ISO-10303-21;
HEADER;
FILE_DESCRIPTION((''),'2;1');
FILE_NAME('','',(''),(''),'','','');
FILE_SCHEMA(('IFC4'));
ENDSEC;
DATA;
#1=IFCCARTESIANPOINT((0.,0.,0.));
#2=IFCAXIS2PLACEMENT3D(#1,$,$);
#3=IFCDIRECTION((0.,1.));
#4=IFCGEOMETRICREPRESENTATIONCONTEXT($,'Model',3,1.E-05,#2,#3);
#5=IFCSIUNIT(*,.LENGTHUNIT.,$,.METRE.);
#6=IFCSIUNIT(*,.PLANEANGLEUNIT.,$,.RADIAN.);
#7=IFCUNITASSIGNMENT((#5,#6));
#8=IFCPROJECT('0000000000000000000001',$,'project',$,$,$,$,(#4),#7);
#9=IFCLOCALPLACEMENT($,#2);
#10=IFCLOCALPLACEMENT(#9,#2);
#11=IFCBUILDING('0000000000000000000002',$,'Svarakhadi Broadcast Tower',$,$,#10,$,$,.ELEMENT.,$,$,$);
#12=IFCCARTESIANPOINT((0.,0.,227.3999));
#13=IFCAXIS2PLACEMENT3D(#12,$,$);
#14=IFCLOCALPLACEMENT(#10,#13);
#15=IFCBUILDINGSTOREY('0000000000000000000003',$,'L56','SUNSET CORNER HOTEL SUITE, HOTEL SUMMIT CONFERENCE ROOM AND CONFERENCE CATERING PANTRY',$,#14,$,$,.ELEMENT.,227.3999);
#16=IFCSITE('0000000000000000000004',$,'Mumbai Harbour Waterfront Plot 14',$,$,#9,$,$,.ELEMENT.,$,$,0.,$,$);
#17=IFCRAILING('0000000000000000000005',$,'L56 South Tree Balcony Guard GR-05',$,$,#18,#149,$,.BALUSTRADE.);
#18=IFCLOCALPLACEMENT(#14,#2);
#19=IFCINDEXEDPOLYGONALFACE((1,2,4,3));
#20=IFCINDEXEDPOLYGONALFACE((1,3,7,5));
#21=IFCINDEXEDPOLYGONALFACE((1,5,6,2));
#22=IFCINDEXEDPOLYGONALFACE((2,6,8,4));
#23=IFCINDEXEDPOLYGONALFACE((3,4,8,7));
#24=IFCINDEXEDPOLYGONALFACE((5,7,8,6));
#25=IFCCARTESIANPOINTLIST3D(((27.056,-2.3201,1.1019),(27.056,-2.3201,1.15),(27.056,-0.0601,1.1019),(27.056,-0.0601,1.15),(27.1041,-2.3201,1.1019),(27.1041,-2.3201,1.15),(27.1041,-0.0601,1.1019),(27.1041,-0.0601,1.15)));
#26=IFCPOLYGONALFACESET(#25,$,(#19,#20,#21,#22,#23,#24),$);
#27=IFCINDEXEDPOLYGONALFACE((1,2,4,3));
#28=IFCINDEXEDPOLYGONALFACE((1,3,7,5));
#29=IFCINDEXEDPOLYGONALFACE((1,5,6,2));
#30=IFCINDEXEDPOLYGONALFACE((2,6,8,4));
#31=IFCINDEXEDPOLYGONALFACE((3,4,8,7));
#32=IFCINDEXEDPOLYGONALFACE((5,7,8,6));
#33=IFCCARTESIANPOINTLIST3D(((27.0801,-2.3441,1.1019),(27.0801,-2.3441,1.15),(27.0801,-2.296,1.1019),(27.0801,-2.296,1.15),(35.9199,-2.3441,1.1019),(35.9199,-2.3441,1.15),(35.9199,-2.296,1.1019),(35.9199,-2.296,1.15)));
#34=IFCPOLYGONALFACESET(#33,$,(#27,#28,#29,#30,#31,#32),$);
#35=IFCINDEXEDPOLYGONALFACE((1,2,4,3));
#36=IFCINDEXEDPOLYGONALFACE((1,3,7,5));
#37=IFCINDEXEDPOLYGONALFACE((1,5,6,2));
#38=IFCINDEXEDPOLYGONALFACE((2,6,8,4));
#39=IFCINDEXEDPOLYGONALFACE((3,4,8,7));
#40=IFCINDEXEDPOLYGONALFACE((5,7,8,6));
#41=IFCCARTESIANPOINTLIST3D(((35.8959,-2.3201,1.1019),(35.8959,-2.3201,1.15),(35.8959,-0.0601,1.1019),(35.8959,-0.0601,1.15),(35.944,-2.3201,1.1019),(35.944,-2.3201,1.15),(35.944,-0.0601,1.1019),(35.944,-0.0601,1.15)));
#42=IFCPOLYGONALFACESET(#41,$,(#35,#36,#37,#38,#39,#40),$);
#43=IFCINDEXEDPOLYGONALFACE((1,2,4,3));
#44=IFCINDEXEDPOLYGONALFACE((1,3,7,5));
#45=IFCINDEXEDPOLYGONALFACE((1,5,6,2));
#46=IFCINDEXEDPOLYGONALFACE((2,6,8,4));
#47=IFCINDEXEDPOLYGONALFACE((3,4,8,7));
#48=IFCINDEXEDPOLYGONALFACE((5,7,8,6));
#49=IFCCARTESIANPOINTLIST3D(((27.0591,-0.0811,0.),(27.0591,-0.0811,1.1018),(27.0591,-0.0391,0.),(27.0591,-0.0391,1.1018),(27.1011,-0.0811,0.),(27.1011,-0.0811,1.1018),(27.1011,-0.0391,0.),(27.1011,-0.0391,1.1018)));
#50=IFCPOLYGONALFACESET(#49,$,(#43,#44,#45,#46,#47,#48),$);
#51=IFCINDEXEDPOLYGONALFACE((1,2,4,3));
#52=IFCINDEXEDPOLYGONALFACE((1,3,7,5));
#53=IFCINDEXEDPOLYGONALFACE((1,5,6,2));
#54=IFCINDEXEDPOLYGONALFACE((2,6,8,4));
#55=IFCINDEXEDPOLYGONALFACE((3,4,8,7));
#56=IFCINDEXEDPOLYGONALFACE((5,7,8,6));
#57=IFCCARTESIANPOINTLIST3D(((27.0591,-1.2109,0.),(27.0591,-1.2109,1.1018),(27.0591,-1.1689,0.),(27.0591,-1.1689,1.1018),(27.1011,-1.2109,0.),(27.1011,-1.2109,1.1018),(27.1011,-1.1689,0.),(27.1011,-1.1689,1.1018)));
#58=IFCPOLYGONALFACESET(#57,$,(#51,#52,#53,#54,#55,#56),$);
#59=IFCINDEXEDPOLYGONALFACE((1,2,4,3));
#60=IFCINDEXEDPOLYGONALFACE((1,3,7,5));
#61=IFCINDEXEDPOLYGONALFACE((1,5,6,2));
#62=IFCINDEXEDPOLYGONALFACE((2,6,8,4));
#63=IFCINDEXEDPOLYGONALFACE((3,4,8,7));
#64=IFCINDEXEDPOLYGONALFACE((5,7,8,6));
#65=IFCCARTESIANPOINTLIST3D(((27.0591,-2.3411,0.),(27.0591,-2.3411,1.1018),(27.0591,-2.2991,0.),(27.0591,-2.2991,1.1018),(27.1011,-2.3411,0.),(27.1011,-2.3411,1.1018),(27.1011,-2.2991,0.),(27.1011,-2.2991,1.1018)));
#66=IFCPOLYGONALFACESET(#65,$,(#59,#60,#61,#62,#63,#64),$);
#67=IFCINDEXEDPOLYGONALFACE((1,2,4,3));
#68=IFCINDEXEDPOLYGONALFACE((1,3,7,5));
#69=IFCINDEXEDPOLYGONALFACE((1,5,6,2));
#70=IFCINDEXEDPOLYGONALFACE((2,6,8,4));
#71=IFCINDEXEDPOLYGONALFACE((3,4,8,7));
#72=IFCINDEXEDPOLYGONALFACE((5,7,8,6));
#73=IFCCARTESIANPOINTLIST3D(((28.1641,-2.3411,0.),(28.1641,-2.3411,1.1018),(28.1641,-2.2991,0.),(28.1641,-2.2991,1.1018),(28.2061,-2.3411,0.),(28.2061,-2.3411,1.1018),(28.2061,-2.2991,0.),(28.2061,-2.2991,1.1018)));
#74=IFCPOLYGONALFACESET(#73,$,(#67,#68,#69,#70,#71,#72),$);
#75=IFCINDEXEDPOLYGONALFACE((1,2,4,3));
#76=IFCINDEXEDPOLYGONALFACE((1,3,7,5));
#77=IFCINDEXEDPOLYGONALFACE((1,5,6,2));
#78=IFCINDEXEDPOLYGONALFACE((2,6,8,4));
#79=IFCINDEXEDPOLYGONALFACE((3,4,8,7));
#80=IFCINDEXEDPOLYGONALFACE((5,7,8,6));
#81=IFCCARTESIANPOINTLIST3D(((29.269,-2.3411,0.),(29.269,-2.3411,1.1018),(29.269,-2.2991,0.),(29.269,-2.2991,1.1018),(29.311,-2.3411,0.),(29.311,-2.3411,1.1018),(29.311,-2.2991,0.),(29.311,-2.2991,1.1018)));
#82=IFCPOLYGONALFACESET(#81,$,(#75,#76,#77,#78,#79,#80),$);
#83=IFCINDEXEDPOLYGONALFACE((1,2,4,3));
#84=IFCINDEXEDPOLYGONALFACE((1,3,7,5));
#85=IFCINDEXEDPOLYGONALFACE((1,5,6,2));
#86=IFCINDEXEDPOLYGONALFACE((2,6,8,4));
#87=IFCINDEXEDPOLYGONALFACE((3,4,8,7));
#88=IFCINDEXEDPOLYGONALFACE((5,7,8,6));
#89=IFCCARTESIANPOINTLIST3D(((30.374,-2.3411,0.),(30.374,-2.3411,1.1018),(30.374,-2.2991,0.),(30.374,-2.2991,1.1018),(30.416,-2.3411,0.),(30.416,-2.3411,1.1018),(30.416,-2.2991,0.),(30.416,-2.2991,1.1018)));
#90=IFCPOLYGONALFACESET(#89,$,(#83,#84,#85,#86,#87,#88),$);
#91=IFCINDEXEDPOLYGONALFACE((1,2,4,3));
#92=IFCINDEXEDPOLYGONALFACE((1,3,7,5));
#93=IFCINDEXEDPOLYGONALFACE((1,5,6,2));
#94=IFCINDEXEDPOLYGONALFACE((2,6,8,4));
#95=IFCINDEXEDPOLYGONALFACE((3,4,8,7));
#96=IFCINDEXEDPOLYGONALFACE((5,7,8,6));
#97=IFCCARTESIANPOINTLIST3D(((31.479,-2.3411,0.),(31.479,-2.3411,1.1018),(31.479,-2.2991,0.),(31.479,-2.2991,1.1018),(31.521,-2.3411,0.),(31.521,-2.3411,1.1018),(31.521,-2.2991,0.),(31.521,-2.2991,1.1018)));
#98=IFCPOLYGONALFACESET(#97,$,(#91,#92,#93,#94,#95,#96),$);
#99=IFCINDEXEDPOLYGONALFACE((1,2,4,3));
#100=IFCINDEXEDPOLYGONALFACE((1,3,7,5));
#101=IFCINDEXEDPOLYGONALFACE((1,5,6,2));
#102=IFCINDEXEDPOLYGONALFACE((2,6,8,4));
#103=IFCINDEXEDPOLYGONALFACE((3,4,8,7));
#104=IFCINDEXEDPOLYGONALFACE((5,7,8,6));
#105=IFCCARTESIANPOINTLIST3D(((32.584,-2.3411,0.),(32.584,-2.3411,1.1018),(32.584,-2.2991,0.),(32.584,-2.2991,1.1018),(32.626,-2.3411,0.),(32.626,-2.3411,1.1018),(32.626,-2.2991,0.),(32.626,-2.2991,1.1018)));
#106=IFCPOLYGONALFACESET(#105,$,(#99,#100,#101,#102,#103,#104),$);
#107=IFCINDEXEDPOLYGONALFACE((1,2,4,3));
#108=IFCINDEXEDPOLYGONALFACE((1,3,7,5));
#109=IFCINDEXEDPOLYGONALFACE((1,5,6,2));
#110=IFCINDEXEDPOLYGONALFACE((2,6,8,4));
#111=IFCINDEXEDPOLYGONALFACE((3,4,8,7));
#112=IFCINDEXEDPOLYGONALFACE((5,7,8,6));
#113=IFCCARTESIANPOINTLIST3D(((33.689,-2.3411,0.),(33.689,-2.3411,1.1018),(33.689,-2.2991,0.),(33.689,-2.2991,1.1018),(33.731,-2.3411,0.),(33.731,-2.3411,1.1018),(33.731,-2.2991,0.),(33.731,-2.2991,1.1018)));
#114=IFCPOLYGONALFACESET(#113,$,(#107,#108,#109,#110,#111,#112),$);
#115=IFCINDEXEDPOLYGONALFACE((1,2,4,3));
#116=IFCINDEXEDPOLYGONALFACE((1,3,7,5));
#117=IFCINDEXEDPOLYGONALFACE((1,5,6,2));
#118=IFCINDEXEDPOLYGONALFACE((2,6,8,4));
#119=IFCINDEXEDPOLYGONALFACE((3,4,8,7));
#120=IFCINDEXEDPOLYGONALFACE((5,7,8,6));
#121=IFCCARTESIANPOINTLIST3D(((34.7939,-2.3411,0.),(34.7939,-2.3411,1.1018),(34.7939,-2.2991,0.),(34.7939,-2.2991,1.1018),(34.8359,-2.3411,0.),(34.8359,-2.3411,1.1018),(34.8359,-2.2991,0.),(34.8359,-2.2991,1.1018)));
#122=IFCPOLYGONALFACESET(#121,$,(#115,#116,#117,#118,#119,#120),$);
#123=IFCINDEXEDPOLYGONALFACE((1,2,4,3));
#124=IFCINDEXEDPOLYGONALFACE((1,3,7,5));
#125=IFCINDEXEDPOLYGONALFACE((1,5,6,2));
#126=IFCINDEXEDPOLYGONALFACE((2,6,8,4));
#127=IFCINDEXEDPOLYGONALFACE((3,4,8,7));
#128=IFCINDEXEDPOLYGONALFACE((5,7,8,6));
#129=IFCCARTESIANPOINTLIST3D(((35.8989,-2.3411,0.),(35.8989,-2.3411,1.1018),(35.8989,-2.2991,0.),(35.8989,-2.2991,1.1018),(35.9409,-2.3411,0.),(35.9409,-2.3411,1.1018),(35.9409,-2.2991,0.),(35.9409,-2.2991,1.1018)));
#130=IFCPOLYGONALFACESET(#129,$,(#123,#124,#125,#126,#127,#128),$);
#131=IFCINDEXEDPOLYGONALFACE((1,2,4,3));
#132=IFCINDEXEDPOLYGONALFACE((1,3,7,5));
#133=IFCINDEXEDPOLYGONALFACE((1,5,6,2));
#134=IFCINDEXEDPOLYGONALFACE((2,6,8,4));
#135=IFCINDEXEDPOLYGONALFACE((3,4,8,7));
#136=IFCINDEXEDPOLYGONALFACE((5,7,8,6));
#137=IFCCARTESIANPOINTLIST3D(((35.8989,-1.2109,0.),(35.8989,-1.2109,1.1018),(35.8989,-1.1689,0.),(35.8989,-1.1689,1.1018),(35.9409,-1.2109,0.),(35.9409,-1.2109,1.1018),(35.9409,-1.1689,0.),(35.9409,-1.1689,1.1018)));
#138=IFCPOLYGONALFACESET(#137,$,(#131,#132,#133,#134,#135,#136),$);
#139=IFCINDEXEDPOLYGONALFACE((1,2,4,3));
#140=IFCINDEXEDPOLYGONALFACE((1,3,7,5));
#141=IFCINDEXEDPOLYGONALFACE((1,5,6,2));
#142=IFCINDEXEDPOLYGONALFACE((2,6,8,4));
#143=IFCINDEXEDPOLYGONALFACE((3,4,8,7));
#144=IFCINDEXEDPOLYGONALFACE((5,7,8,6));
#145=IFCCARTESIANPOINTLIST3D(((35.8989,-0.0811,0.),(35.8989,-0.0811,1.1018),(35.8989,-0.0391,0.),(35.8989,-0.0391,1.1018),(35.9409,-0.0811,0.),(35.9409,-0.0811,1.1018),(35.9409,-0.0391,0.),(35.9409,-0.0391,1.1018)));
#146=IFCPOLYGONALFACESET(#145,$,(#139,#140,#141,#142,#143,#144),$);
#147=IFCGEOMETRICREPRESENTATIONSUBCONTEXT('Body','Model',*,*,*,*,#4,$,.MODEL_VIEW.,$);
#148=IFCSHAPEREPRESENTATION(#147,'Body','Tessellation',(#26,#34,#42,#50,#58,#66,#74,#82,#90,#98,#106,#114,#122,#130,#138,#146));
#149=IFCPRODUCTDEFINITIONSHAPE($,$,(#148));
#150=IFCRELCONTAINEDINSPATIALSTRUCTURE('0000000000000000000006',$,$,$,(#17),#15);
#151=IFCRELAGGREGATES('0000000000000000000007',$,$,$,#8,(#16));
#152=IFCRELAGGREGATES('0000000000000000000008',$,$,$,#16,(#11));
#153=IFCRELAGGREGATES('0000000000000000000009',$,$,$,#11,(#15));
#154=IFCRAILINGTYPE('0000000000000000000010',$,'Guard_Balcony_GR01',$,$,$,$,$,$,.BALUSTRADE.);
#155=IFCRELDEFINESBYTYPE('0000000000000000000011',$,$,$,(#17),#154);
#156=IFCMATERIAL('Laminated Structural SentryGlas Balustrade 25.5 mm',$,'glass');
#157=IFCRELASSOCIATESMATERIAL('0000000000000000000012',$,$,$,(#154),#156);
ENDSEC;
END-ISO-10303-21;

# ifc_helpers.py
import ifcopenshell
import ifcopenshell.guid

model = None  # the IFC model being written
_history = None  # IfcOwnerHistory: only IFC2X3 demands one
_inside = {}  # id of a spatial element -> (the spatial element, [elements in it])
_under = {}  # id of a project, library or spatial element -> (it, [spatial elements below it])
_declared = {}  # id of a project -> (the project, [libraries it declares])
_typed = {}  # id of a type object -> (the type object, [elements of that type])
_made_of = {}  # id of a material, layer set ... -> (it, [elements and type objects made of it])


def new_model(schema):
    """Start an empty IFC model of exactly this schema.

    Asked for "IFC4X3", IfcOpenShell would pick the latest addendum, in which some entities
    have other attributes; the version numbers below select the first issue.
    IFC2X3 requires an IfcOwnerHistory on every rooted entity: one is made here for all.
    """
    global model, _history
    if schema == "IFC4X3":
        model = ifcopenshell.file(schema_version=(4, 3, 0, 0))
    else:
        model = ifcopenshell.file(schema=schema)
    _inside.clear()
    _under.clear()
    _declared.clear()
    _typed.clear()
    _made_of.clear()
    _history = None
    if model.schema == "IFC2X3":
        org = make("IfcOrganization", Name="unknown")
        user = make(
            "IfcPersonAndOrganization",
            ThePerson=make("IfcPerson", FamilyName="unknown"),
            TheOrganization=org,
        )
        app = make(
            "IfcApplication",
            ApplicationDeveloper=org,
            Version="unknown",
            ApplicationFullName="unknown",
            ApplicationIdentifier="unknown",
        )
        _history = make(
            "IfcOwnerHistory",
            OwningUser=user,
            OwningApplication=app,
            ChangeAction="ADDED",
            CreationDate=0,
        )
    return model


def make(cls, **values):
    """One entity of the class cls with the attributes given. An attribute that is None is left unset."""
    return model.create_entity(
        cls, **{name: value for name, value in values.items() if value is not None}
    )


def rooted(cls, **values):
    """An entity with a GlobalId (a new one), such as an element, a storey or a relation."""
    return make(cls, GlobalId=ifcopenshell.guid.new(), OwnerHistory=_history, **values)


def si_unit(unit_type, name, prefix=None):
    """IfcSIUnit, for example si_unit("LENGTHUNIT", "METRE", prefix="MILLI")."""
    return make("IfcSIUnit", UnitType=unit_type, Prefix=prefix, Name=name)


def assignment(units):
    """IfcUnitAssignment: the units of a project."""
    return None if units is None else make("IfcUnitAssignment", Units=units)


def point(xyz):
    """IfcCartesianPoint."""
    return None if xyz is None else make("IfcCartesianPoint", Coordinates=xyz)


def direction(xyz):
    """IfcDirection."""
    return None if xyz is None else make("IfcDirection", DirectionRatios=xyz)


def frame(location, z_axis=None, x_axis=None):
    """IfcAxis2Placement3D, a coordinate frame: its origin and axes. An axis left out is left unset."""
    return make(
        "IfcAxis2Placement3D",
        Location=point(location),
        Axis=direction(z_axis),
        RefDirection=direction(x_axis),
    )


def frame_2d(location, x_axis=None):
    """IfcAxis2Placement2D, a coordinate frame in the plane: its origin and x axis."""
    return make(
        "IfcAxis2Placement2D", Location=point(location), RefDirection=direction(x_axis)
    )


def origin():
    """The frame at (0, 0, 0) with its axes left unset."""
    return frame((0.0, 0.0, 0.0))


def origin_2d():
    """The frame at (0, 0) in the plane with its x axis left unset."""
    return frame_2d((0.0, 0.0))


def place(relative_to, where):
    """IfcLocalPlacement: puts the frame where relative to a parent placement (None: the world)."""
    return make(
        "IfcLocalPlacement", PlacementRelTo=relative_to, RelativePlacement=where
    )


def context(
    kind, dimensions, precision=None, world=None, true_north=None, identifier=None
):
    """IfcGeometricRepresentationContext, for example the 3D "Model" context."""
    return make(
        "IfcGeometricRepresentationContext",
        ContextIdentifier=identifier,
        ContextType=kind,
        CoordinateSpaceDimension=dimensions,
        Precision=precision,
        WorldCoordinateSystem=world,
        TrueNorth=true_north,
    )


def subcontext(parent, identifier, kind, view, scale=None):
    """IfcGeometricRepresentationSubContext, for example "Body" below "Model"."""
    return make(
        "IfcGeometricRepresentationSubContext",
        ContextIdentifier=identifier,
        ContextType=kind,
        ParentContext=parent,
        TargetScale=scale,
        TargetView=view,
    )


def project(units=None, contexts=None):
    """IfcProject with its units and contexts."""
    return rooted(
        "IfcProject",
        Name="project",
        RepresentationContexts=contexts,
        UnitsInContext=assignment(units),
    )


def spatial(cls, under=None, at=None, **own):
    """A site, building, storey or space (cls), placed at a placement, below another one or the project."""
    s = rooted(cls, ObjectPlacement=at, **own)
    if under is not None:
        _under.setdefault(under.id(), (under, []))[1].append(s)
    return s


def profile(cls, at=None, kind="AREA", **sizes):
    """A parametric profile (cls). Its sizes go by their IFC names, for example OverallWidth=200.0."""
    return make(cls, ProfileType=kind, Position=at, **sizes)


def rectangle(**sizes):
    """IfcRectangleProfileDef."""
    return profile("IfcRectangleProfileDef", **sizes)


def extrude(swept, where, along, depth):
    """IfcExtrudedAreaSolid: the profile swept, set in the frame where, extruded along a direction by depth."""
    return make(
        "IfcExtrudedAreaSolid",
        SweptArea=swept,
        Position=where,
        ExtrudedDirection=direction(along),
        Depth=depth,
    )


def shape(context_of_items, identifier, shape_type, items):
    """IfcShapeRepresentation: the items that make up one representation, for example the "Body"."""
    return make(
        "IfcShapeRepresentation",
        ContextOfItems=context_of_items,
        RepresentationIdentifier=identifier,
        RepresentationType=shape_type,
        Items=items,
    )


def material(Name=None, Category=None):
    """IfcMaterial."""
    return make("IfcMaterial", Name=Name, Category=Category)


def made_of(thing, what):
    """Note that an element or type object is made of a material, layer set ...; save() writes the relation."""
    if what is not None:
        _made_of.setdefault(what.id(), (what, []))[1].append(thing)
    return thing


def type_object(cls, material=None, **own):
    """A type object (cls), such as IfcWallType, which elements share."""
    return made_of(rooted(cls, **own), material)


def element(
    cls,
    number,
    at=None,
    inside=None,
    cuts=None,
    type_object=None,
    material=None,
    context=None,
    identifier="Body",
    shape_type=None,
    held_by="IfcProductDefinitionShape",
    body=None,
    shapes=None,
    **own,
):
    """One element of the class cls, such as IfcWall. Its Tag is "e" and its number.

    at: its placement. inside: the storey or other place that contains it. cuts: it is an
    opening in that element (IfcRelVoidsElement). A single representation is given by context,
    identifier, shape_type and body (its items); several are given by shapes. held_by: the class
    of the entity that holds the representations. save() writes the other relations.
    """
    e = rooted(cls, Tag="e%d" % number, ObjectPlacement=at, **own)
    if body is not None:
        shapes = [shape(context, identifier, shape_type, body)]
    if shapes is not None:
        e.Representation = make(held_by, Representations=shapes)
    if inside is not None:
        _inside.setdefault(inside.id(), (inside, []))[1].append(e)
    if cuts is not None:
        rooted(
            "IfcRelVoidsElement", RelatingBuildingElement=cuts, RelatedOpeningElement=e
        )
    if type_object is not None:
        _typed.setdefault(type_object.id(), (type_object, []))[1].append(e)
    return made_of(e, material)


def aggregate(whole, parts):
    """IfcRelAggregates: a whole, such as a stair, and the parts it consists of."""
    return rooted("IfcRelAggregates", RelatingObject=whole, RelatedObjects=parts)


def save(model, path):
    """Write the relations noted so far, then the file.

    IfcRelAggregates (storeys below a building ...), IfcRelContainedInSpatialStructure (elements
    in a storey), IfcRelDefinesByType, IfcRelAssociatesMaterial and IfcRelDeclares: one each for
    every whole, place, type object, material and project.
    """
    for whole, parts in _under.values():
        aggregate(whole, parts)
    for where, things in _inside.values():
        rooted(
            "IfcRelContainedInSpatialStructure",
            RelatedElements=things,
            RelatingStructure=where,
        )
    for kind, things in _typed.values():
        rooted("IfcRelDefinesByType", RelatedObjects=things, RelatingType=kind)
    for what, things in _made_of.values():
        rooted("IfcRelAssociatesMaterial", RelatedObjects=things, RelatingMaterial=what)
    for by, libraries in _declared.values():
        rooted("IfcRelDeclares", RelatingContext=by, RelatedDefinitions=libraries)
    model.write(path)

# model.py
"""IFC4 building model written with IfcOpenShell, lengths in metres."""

from ifc_helpers import new_model, si_unit, direction, frame, origin, origin_2d, place, context, subcontext, project, spatial, rectangle, extrude, material, type_object, element, save


model = new_model("IFC4")

# Units and contexts
model_context = context("Model", 3, precision=1e-05, world=origin(), true_north=direction((0.0, 1.0)))
body_context = subcontext(model_context, "Body", "Model", "MODEL_VIEW")
ifc_project = project(units=[si_unit("LENGTHUNIT", "METRE"), si_unit("PLANEANGLEUNIT", "RADIAN")], contexts=[model_context])

# Site, building, storey
site_placement = place(None, origin())
site = spatial("IfcSite", under=ifc_project, at=site_placement, Name="Mumbai Harbour Waterfront Plot 14", CompositionType="ELEMENT", RefElevation=0.0)
building_placement = place(site_placement, origin())
building = spatial("IfcBuilding", under=site, at=building_placement, Name="Svarakhadi Broadcast Tower", CompositionType="ELEMENT")
storey_placement = place(building_placement, frame((0.0, 0.0, 227.3999)))
storey = spatial("IfcBuildingStorey", under=building, at=storey_placement, Name="L56", Description="SUNSET CORNER HOTEL SUITE, HOTEL SUMMIT CONFERENCE ROOM AND CONFERENCE CATERING PANTRY", CompositionType="ELEMENT", Elevation=227.3999)

# Railing
ifc_material_1 = material(Name="Laminated Structural SentryGlas Balustrade 25.5 mm", Category="glass")
railing_type = type_object("IfcRailingType", Name="Guard_Balcony_GR01", PredefinedType="BALUSTRADE", material=ifc_material_1)
railing_placement = place(storey_placement, frame((27.0801, -0.0601, 0.0)))
element("IfcRailing", 1, at=railing_placement, inside=storey, type_object=railing_type, Name="L56 South Tree Balcony Guard GR-05", PredefinedType="BALUSTRADE", context=body_context, shape_type="SweptSolid", body=[
    extrude(rectangle(XDim=0.0481, YDim=0.0481, at=origin_2d()), frame((0.0, 0.0, 1.126), z_axis=(0.0, -1.0, 0.0), x_axis=(1.0, 0.0, 0.0)), (0.0, 0.0, 1.0), 2.26),
    extrude(rectangle(XDim=0.0481, YDim=0.0481, at=origin_2d()), frame((0.0, -2.26, 1.126), z_axis=(1.0, 0.0, 0.0), x_axis=(0.0, 1.0, 0.0)), (0.0, 0.0, 1.0), 8.8398),
    extrude(rectangle(XDim=0.0481, YDim=0.0481, at=origin_2d()), frame((8.8398, -2.26, 1.126), z_axis=(0.0, 1.0, 0.0), x_axis=(-1.0, 0.0, 0.0)), (0.0, 0.0, 1.0), 2.26),
    extrude(rectangle(XDim=0.042, YDim=0.042, at=origin_2d()), origin(), (0.0, 0.0, 1.0), 1.1018),
    extrude(rectangle(XDim=0.042, YDim=0.042, at=origin_2d()), frame((0.0, -1.1299, 0.0)), (0.0, 0.0, 1.0), 1.1018),
    extrude(rectangle(XDim=0.042, YDim=0.042, at=origin_2d()), frame((0.0, -2.26, 0.0)), (0.0, 0.0, 1.0), 1.1018),
    extrude(rectangle(XDim=0.042, YDim=0.042, at=origin_2d()), frame((1.105, -2.26, 0.0)), (0.0, 0.0, 1.0), 1.1018),
    extrude(rectangle(XDim=0.042, YDim=0.042, at=origin_2d()), frame((2.21, -2.26, 0.0)), (0.0, 0.0, 1.0), 1.1018),
    extrude(rectangle(XDim=0.042, YDim=0.042, at=origin_2d()), frame((3.3149, -2.26, 0.0)), (0.0, 0.0, 1.0), 1.1018),
    extrude(rectangle(XDim=0.042, YDim=0.042, at=origin_2d()), frame((4.4199, -2.26, 0.0)), (0.0, 0.0, 1.0), 1.1018),
    extrude(rectangle(XDim=0.042, YDim=0.042, at=origin_2d()), frame((5.5249, -2.26, 0.0)), (0.0, 0.0, 1.0), 1.1018),
    extrude(rectangle(XDim=0.042, YDim=0.042, at=origin_2d()), frame((6.6299, -2.26, 0.0)), (0.0, 0.0, 1.0), 1.1018),
    extrude(rectangle(XDim=0.042, YDim=0.042, at=origin_2d()), frame((7.7349, -2.26, 0.0)), (0.0, 0.0, 1.0), 1.1018),
    extrude(rectangle(XDim=0.042, YDim=0.042, at=origin_2d()), frame((8.8398, -2.26, 0.0)), (0.0, 0.0, 1.0), 1.1018),
    extrude(rectangle(XDim=0.042, YDim=0.042, at=origin_2d()), frame((8.8398, -1.1299, 0.0)), (0.0, 0.0, 1.0), 1.1018),
    extrude(rectangle(XDim=0.042, YDim=0.042, at=origin_2d()), frame((8.8398, 0.0, 0.0)), (0.0, 0.0, 1.0), 1.1018),
])

save(model, "model.ifc")
